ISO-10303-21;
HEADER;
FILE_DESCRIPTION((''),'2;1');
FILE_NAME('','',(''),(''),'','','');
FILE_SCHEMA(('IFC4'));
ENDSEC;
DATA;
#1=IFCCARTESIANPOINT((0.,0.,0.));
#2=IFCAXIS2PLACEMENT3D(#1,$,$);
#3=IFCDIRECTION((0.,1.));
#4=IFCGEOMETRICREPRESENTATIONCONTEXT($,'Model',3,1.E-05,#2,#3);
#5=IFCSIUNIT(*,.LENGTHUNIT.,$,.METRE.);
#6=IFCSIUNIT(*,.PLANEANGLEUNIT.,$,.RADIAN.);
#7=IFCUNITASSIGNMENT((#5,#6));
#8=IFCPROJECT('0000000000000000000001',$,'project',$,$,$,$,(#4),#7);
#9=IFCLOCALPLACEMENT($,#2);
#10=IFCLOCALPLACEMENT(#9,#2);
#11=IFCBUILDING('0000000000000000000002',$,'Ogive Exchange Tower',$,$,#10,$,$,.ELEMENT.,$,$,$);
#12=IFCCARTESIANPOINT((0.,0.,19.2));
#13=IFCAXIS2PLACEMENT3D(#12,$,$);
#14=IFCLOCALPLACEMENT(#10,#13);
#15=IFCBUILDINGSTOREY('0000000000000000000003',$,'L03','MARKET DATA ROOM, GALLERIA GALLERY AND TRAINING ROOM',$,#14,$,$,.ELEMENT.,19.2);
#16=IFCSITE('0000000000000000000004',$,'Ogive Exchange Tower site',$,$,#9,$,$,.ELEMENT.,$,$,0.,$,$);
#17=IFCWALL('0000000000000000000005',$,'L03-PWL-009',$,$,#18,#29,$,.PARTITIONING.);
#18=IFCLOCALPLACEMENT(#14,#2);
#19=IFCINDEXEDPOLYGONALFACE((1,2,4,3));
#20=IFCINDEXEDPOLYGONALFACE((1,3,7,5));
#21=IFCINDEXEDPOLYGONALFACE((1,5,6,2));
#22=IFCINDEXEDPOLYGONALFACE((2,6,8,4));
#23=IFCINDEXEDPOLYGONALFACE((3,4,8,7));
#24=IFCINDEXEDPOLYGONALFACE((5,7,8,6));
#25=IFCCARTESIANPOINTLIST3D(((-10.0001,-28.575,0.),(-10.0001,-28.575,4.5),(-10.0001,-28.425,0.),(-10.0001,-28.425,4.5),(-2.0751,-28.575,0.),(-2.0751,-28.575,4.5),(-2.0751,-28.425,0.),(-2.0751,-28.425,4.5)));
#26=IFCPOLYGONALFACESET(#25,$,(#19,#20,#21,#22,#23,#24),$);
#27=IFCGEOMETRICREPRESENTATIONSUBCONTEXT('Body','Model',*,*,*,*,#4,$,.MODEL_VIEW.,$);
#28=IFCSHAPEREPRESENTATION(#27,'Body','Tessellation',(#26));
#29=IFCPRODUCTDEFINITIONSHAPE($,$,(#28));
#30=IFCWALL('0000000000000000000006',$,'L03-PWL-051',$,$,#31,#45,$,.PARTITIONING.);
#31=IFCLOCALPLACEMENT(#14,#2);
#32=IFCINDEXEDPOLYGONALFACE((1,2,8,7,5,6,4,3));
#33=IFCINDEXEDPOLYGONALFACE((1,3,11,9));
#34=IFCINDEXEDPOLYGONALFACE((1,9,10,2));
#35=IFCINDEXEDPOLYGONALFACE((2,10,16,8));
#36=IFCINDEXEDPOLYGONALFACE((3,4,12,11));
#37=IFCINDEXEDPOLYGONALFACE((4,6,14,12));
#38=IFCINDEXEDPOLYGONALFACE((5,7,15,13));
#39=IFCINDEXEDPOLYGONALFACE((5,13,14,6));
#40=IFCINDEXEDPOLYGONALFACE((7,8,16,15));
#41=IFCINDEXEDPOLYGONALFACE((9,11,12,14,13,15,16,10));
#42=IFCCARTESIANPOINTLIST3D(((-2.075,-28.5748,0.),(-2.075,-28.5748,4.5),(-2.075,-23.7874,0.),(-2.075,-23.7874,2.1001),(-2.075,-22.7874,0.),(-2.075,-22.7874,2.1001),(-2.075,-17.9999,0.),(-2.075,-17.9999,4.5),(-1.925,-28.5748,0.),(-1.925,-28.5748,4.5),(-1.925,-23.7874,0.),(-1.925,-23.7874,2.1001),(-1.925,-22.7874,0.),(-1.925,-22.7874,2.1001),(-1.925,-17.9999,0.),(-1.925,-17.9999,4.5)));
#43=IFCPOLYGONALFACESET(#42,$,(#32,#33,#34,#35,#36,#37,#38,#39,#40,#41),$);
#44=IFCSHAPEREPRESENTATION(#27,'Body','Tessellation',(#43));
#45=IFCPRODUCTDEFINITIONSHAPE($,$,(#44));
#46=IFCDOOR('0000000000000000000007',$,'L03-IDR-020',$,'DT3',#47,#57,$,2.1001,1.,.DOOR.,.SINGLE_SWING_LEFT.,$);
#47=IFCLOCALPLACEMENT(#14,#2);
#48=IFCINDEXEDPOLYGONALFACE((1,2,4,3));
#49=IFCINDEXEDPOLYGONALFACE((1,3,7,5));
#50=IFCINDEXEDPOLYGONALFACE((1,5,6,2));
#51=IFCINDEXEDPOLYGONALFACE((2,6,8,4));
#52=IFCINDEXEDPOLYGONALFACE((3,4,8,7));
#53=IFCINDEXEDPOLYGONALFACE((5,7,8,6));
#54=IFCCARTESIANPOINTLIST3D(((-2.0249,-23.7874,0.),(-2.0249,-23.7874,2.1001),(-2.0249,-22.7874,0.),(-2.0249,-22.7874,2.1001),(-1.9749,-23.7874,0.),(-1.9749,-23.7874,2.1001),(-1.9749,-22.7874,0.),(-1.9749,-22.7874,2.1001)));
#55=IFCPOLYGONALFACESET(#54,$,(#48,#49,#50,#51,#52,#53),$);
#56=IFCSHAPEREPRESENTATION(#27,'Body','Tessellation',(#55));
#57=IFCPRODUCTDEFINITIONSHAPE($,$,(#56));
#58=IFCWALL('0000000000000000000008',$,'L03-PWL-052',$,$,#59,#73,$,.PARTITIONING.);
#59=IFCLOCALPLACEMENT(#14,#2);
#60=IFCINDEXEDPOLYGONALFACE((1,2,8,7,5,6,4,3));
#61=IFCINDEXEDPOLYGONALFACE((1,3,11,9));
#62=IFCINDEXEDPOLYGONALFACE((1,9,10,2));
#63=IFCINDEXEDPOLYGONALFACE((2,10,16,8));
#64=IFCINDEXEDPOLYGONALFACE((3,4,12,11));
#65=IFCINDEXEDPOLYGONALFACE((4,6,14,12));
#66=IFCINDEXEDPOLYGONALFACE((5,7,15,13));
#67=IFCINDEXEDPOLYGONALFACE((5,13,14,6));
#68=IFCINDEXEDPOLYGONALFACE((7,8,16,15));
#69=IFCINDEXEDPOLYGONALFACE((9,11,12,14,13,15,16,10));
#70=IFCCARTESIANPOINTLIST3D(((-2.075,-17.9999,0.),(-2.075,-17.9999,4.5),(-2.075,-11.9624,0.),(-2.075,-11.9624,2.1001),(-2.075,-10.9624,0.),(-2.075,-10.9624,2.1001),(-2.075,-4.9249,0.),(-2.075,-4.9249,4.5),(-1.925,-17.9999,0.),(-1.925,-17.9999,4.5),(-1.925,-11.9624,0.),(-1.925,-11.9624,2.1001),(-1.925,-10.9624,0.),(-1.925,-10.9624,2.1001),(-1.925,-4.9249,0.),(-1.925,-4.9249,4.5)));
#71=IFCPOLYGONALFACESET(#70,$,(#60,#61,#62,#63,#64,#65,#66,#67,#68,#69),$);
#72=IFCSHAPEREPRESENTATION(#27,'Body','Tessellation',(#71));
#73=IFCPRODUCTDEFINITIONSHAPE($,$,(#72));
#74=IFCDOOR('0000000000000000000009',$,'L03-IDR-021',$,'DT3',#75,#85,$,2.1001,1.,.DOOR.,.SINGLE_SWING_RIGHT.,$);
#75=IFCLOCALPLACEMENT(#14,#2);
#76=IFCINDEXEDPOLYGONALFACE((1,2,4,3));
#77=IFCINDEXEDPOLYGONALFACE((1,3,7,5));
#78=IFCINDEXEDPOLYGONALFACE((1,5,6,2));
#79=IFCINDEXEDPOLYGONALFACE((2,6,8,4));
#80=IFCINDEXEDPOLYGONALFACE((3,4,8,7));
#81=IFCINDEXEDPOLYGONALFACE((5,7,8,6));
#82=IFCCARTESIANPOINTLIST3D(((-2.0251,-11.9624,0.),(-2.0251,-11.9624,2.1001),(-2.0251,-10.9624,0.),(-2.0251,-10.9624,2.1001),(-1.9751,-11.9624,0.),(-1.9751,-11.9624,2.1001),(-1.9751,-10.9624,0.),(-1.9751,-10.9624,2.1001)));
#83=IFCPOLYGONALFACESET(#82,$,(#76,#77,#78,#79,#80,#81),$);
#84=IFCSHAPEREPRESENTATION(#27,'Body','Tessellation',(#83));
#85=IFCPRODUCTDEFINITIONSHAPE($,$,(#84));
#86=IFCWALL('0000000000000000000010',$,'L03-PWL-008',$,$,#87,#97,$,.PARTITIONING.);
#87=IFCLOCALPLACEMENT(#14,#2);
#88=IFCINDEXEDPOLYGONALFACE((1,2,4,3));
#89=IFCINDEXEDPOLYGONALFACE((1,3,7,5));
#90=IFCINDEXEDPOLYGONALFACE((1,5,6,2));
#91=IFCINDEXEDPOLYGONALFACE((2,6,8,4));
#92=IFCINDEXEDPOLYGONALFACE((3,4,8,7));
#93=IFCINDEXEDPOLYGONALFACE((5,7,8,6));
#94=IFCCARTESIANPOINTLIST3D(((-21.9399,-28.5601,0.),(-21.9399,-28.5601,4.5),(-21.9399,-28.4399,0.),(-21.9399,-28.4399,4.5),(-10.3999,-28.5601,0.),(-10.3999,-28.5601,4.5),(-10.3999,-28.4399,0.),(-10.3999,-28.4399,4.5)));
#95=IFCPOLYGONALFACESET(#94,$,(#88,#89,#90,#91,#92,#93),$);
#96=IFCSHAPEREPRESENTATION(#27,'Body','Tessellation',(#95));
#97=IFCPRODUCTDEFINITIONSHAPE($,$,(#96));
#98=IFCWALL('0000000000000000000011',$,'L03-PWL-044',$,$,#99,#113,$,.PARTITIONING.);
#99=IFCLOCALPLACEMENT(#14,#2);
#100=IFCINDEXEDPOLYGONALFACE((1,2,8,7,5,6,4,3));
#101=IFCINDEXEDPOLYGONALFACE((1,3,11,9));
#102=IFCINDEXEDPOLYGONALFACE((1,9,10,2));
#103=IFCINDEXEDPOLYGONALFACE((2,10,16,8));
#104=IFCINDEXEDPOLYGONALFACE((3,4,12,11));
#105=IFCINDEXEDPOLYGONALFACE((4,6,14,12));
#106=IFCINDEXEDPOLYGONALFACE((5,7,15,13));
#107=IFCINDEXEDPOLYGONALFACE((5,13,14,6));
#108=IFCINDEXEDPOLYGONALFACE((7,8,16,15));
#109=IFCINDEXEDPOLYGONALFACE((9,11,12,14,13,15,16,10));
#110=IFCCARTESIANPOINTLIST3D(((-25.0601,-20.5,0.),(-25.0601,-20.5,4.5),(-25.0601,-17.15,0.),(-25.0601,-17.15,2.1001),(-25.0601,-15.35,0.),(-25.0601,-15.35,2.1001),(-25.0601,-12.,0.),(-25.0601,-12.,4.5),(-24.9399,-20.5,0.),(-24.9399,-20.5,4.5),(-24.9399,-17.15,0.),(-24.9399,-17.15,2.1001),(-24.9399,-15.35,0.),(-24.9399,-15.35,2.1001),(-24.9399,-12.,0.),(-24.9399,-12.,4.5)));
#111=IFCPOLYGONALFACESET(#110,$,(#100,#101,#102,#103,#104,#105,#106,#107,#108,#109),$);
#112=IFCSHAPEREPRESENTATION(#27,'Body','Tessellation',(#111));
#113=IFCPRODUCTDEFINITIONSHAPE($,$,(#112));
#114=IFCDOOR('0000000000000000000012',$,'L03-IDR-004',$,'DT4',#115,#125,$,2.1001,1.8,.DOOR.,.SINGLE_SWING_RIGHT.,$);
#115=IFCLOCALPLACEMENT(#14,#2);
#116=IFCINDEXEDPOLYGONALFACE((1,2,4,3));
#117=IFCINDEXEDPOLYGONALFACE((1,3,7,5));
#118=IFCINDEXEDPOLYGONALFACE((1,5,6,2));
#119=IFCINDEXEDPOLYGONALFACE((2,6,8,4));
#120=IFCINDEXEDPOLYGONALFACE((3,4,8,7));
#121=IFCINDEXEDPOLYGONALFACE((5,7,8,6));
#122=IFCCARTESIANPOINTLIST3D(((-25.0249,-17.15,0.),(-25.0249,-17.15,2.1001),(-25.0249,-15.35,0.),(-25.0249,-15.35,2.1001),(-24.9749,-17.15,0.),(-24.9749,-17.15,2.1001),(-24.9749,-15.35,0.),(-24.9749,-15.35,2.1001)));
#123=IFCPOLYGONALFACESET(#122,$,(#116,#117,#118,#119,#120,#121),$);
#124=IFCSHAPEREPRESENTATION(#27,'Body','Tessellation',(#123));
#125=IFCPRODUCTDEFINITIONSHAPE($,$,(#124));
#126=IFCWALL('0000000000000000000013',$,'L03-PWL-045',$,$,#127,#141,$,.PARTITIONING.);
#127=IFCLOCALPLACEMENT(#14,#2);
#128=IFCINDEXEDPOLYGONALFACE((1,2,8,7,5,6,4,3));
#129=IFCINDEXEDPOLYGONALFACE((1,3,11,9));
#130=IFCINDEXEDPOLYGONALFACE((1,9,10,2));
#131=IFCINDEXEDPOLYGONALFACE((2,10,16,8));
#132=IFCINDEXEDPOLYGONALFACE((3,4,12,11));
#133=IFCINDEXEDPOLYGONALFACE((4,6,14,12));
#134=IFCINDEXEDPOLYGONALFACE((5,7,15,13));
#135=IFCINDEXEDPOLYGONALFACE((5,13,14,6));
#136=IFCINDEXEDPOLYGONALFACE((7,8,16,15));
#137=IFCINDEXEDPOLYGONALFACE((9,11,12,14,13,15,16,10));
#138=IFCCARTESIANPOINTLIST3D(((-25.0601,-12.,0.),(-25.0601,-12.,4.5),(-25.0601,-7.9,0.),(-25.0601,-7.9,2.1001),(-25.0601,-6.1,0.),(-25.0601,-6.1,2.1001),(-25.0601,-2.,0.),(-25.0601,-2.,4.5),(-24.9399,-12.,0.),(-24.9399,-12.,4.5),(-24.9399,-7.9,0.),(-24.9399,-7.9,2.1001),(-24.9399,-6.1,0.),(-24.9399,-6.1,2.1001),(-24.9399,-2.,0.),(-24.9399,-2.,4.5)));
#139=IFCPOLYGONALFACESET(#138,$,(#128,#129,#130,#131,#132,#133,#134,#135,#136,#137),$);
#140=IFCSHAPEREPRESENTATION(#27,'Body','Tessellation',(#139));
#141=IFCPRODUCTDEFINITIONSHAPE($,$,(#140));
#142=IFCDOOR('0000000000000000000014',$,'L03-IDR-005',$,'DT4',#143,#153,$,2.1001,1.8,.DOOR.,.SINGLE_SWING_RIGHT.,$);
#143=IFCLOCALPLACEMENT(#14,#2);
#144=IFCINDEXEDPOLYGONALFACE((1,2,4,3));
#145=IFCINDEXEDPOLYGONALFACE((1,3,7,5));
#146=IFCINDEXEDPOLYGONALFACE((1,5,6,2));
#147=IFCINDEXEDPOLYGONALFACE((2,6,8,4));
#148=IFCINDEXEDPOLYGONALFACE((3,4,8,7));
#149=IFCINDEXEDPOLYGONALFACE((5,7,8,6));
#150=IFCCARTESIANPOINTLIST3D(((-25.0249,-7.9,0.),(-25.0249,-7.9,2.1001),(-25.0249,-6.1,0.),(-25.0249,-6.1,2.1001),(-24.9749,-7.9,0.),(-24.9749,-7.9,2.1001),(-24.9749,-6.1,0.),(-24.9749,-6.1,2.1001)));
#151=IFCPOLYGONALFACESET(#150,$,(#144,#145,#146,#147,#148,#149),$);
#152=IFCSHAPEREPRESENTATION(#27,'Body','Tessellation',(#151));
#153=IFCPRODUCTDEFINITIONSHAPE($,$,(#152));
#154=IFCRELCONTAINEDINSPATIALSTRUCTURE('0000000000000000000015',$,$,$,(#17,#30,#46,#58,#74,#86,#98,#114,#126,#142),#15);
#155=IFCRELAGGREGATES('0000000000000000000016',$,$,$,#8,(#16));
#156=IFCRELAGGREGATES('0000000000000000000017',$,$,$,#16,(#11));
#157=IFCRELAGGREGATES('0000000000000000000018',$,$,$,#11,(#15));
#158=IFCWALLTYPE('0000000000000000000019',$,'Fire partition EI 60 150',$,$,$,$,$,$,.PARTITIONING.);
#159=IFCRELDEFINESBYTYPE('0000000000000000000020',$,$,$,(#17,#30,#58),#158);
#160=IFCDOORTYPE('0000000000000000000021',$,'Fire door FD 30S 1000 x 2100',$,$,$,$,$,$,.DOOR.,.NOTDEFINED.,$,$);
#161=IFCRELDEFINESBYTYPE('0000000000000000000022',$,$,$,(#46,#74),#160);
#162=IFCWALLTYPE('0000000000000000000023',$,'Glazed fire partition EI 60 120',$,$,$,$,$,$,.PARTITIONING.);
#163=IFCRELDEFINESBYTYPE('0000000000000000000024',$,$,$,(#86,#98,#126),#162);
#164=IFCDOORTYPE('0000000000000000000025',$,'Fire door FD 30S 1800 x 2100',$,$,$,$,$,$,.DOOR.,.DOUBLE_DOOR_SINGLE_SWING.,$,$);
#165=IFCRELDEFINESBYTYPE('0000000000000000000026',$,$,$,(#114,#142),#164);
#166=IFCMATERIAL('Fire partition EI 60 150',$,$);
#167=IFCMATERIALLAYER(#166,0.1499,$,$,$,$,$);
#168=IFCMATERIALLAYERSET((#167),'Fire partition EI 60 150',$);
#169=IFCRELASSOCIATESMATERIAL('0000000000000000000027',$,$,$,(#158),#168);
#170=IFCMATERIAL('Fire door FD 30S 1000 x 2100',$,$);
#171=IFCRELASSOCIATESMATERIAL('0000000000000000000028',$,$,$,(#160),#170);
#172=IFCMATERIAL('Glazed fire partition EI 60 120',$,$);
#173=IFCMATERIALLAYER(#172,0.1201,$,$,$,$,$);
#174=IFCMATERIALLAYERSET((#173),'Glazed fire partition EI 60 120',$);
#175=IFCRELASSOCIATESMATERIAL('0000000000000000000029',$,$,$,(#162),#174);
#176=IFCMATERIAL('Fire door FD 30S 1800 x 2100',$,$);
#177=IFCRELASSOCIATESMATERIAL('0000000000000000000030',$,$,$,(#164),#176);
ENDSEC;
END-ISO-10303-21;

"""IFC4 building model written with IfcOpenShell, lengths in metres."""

from ifc_helpers import new_model, si_unit, direction, frame, frame_2d, origin, place, context, subcontext, project, spatial, rectangle, extrude, material, layer, layer_set, type_object, element, fill, save


model = new_model("IFC4")

# Units and contexts
model_context = context("Model", 3, precision=1e-05, world=origin(), true_north=direction((0.0, 1.0)))
body_context = subcontext(model_context, "Body", "Model", "MODEL_VIEW")
ifc_project = project(units=[si_unit("LENGTHUNIT", "METRE"), si_unit("PLANEANGLEUNIT", "RADIAN")], contexts=[model_context])

# Site, building, storey
site_placement = place(None, origin())
site = spatial("IfcSite", under=ifc_project, at=site_placement, Name="Ogive Exchange Tower site", CompositionType="ELEMENT", RefElevation=0.0)
building_placement = place(site_placement, origin())
building = spatial("IfcBuilding", under=site, at=building_placement, Name="Ogive Exchange Tower", CompositionType="ELEMENT")
storey_placement = place(building_placement, frame((0.0, 0.0, 19.2)))
storey = spatial("IfcBuildingStorey", under=building, at=storey_placement, Name="L03", Description="MARKET DATA ROOM, GALLERIA GALLERY AND TRAINING ROOM", CompositionType="ELEMENT", Elevation=19.2)

# Wall
ifc_material_1 = material(Name="Fire partition EI 60 150")
ifc_layer_1 = layer(ifc_material_1, 0.1499)
ifc_layer_set_1 = layer_set([ifc_layer_1], Name="Fire partition EI 60 150")
wall_type_1 = type_object("IfcWallType", Name="Fire partition EI 60 150", PredefinedType="PARTITIONING", material=ifc_layer_set_1)
wall_1_placement = place(storey_placement, frame((-10.0, -28.5, 0.0), z_axis=(0.0, 0.0, 1.0), x_axis=(1.0, 0.0, 0.0)))
element("IfcWall", 1, at=wall_1_placement, inside=storey, type_object=wall_type_1, Name="L03-PWL-009", PredefinedType="PARTITIONING", context=body_context, shape_type="SweptSolid", body=[
    extrude(rectangle(XDim=7.925, YDim=0.1499, at=frame_2d((3.9624, 0.0))), origin(), (0.0, 0.0, 1.0), 4.5),
])

# Walls, openings, doors
wall_2_placement = place(storey_placement, frame((-2.0, -28.575, 0.0), z_axis=(0.0, 0.0, 1.0), x_axis=(0.0, 1.0, 0.0)))
wall_2 = element("IfcWall", 2, at=wall_2_placement, inside=storey, type_object=wall_type_1, Name="L03-PWL-051", PredefinedType="PARTITIONING", context=body_context, shape_type="SweptSolid", body=[
    extrude(rectangle(XDim=10.575, YDim=0.1499, at=frame_2d((5.2876, 0.0))), origin(), (0.0, 0.0, 1.0), 4.5),
])
opening_1_placement = place(wall_2_placement, frame((4.7876, 0.0, 0.0)))
opening_1 = element("IfcOpeningElement", 3, at=opening_1_placement, cuts=wall_2, PredefinedType="OPENING", context=body_context, shape_type="SweptSolid", body=[
    extrude(rectangle(XDim=1.0, YDim=2.1001, at=frame_2d((0.5, 1.05))), frame((0.0, 0.085, 0.0), z_axis=(0.0, -1.0, 0.0), x_axis=(1.0, 0.0, 0.0)), (0.0, 0.0, 1.0), 0.1699),
])
ifc_material_2 = material(Name="Fire door FD 30S 1000 x 2100")
door_type_1 = type_object("IfcDoorType", Name="Fire door FD 30S 1000 x 2100", OperationType="NOTDEFINED", PredefinedType="DOOR", material=ifc_material_2)
door_1_placement = place(opening_1_placement, origin())
door_1 = element("IfcDoor", 4, at=door_1_placement, inside=storey, type_object=door_type_1, Name="L03-IDR-020", ObjectType="DT3", OperationType="SINGLE_SWING_LEFT", OverallHeight=2.1001, OverallWidth=1.0, PredefinedType="DOOR", context=body_context, shape_type="SweptSolid", body=[
    extrude(rectangle(XDim=1.0, YDim=2.1001, at=frame_2d((0.5, 1.05))), frame((0.0, 0.0249, 0.0), z_axis=(0.0, -1.0, 0.0), x_axis=(1.0, 0.0, 0.0)), (0.0, 0.0, 1.0), 0.05),
])
fill(opening_1, door_1)
wall_3_placement = place(storey_placement, frame((-2.0, -18.0, 0.0), z_axis=(0.0, 0.0, 1.0), x_axis=(0.0, 1.0, 0.0)))
wall_3 = element("IfcWall", 5, at=wall_3_placement, inside=storey, type_object=wall_type_1, Name="L03-PWL-052", PredefinedType="PARTITIONING", context=body_context, shape_type="SweptSolid", body=[
    extrude(rectangle(XDim=13.075, YDim=0.1499, at=frame_2d((6.5376, 0.0))), origin(), (0.0, 0.0, 1.0), 4.5),
])
opening_2_placement = place(wall_3_placement, frame((6.0376, 0.0, 0.0)))
opening_2 = element("IfcOpeningElement", 6, at=opening_2_placement, cuts=wall_3, PredefinedType="OPENING", context=body_context, shape_type="SweptSolid", body=[
    extrude(rectangle(XDim=1.0, YDim=2.1001, at=frame_2d((0.5, 1.05))), frame((0.0, 0.085, 0.0), z_axis=(0.0, -1.0, 0.0), x_axis=(1.0, 0.0, 0.0)), (0.0, 0.0, 1.0), 0.1699),
])
door_2_placement = place(opening_2_placement, frame((1.0, 0.0, 0.0), z_axis=(0.0, 0.0, 1.0), x_axis=(-1.0, 0.0, 0.0)))
door_2 = element("IfcDoor", 7, at=door_2_placement, inside=storey, type_object=door_type_1, Name="L03-IDR-021", ObjectType="DT3", OperationType="SINGLE_SWING_RIGHT", OverallHeight=2.1001, OverallWidth=1.0, PredefinedType="DOOR", context=body_context, shape_type="SweptSolid", body=[
    extrude(rectangle(XDim=1.0, YDim=2.1001, at=frame_2d((0.5, 1.05))), frame((0.0, 0.0249, 0.0), z_axis=(0.0, -1.0, 0.0), x_axis=(1.0, 0.0, 0.0)), (0.0, 0.0, 1.0), 0.05),
])
fill(opening_2, door_2)

# Wall
ifc_material_3 = material(Name="Glazed fire partition EI 60 120")
ifc_layer_2 = layer(ifc_material_3, 0.1201)
ifc_layer_set_2 = layer_set([ifc_layer_2], Name="Glazed fire partition EI 60 120")
wall_type_2 = type_object("IfcWallType", Name="Glazed fire partition EI 60 120", PredefinedType="PARTITIONING", material=ifc_layer_set_2)
wall_4_placement = place(storey_placement, frame((-21.9399, -28.5, 0.0), z_axis=(0.0, 0.0, 1.0), x_axis=(1.0, 0.0, 0.0)))
element("IfcWall", 8, at=wall_4_placement, inside=storey, type_object=wall_type_2, Name="L03-PWL-008", PredefinedType="PARTITIONING", context=body_context, shape_type="SweptSolid", body=[
    extrude(rectangle(XDim=11.54, YDim=0.1201, at=frame_2d((5.77, 0.0))), origin(), (0.0, 0.0, 1.0), 4.5),
])

# Walls, openings, doors
wall_5_placement = place(storey_placement, frame((-25.0, -20.5, 0.0), z_axis=(0.0, 0.0, 1.0), x_axis=(0.0, 1.0, 0.0)))
wall_5 = element("IfcWall", 9, at=wall_5_placement, inside=storey, type_object=wall_type_2, Name="L03-PWL-044", PredefinedType="PARTITIONING", context=body_context, shape_type="SweptSolid", body=[
    extrude(rectangle(XDim=8.5, YDim=0.1201, at=frame_2d((4.25, 0.0))), origin(), (0.0, 0.0, 1.0), 4.5),
])
opening_3_placement = place(wall_5_placement, frame((3.3501, 0.0, 0.0)))
opening_3 = element("IfcOpeningElement", 10, at=opening_3_placement, cuts=wall_5, PredefinedType="OPENING", context=body_context, shape_type="SweptSolid", body=[
    extrude(rectangle(XDim=1.8, YDim=2.1001, at=frame_2d((0.8999, 1.05))), frame((0.0, 0.0701, 0.0), z_axis=(0.0, -1.0, 0.0), x_axis=(1.0, 0.0, 0.0)), (0.0, 0.0, 1.0), 0.1401),
])
ifc_material_4 = material(Name="Fire door FD 30S 1800 x 2100")
door_type_2 = type_object("IfcDoorType", Name="Fire door FD 30S 1800 x 2100", OperationType="DOUBLE_DOOR_SINGLE_SWING", PredefinedType="DOOR", material=ifc_material_4)
door_3_placement = place(opening_3_placement, origin())
door_3 = element("IfcDoor", 11, at=door_3_placement, inside=storey, type_object=door_type_2, Name="L03-IDR-004", ObjectType="DT4", OperationType="SINGLE_SWING_RIGHT", OverallHeight=2.1001, OverallWidth=1.8, PredefinedType="DOOR", context=body_context, shape_type="SweptSolid", body=[
    extrude(rectangle(XDim=1.8, YDim=2.1001, at=frame_2d((0.8999, 1.05))), frame((0.0, 0.0249, 0.0), z_axis=(0.0, -1.0, 0.0), x_axis=(1.0, 0.0, 0.0)), (0.0, 0.0, 1.0), 0.05),
])
fill(opening_3, door_3)
wall_6_placement = place(storey_placement, frame((-25.0, -12.0, 0.0), z_axis=(0.0, 0.0, 1.0), x_axis=(0.0, 1.0, 0.0)))
wall_6 = element("IfcWall", 12, at=wall_6_placement, inside=storey, type_object=wall_type_2, Name="L03-PWL-045", PredefinedType="PARTITIONING", context=body_context, shape_type="SweptSolid", body=[
    extrude(rectangle(XDim=10.0, YDim=0.1201, at=frame_2d((5.0, 0.0))), origin(), (0.0, 0.0, 1.0), 4.5),
])
opening_4_placement = place(wall_6_placement, frame((4.1001, 0.0, 0.0)))
opening_4 = element("IfcOpeningElement", 13, at=opening_4_placement, cuts=wall_6, PredefinedType="OPENING", context=body_context, shape_type="SweptSolid", body=[
    extrude(rectangle(XDim=1.8, YDim=2.1001, at=frame_2d((0.8999, 1.05))), frame((0.0, 0.0701, 0.0), z_axis=(0.0, -1.0, 0.0), x_axis=(1.0, 0.0, 0.0)), (0.0, 0.0, 1.0), 0.1401),
])
door_4_placement = place(opening_4_placement, origin())
door_4 = element("IfcDoor", 14, at=door_4_placement, inside=storey, type_object=door_type_2, Name="L03-IDR-005", ObjectType="DT4", OperationType="SINGLE_SWING_RIGHT", OverallHeight=2.1001, OverallWidth=1.8, PredefinedType="DOOR", context=body_context, shape_type="SweptSolid", body=[
    extrude(rectangle(XDim=1.8, YDim=2.1001, at=frame_2d((0.8999, 1.05))), frame((0.0, 0.0249, 0.0), z_axis=(0.0, -1.0, 0.0), x_axis=(1.0, 0.0, 0.0)), (0.0, 0.0, 1.0), 0.05),
])
fill(opening_4, door_4)

save(model, "model.ifc")
